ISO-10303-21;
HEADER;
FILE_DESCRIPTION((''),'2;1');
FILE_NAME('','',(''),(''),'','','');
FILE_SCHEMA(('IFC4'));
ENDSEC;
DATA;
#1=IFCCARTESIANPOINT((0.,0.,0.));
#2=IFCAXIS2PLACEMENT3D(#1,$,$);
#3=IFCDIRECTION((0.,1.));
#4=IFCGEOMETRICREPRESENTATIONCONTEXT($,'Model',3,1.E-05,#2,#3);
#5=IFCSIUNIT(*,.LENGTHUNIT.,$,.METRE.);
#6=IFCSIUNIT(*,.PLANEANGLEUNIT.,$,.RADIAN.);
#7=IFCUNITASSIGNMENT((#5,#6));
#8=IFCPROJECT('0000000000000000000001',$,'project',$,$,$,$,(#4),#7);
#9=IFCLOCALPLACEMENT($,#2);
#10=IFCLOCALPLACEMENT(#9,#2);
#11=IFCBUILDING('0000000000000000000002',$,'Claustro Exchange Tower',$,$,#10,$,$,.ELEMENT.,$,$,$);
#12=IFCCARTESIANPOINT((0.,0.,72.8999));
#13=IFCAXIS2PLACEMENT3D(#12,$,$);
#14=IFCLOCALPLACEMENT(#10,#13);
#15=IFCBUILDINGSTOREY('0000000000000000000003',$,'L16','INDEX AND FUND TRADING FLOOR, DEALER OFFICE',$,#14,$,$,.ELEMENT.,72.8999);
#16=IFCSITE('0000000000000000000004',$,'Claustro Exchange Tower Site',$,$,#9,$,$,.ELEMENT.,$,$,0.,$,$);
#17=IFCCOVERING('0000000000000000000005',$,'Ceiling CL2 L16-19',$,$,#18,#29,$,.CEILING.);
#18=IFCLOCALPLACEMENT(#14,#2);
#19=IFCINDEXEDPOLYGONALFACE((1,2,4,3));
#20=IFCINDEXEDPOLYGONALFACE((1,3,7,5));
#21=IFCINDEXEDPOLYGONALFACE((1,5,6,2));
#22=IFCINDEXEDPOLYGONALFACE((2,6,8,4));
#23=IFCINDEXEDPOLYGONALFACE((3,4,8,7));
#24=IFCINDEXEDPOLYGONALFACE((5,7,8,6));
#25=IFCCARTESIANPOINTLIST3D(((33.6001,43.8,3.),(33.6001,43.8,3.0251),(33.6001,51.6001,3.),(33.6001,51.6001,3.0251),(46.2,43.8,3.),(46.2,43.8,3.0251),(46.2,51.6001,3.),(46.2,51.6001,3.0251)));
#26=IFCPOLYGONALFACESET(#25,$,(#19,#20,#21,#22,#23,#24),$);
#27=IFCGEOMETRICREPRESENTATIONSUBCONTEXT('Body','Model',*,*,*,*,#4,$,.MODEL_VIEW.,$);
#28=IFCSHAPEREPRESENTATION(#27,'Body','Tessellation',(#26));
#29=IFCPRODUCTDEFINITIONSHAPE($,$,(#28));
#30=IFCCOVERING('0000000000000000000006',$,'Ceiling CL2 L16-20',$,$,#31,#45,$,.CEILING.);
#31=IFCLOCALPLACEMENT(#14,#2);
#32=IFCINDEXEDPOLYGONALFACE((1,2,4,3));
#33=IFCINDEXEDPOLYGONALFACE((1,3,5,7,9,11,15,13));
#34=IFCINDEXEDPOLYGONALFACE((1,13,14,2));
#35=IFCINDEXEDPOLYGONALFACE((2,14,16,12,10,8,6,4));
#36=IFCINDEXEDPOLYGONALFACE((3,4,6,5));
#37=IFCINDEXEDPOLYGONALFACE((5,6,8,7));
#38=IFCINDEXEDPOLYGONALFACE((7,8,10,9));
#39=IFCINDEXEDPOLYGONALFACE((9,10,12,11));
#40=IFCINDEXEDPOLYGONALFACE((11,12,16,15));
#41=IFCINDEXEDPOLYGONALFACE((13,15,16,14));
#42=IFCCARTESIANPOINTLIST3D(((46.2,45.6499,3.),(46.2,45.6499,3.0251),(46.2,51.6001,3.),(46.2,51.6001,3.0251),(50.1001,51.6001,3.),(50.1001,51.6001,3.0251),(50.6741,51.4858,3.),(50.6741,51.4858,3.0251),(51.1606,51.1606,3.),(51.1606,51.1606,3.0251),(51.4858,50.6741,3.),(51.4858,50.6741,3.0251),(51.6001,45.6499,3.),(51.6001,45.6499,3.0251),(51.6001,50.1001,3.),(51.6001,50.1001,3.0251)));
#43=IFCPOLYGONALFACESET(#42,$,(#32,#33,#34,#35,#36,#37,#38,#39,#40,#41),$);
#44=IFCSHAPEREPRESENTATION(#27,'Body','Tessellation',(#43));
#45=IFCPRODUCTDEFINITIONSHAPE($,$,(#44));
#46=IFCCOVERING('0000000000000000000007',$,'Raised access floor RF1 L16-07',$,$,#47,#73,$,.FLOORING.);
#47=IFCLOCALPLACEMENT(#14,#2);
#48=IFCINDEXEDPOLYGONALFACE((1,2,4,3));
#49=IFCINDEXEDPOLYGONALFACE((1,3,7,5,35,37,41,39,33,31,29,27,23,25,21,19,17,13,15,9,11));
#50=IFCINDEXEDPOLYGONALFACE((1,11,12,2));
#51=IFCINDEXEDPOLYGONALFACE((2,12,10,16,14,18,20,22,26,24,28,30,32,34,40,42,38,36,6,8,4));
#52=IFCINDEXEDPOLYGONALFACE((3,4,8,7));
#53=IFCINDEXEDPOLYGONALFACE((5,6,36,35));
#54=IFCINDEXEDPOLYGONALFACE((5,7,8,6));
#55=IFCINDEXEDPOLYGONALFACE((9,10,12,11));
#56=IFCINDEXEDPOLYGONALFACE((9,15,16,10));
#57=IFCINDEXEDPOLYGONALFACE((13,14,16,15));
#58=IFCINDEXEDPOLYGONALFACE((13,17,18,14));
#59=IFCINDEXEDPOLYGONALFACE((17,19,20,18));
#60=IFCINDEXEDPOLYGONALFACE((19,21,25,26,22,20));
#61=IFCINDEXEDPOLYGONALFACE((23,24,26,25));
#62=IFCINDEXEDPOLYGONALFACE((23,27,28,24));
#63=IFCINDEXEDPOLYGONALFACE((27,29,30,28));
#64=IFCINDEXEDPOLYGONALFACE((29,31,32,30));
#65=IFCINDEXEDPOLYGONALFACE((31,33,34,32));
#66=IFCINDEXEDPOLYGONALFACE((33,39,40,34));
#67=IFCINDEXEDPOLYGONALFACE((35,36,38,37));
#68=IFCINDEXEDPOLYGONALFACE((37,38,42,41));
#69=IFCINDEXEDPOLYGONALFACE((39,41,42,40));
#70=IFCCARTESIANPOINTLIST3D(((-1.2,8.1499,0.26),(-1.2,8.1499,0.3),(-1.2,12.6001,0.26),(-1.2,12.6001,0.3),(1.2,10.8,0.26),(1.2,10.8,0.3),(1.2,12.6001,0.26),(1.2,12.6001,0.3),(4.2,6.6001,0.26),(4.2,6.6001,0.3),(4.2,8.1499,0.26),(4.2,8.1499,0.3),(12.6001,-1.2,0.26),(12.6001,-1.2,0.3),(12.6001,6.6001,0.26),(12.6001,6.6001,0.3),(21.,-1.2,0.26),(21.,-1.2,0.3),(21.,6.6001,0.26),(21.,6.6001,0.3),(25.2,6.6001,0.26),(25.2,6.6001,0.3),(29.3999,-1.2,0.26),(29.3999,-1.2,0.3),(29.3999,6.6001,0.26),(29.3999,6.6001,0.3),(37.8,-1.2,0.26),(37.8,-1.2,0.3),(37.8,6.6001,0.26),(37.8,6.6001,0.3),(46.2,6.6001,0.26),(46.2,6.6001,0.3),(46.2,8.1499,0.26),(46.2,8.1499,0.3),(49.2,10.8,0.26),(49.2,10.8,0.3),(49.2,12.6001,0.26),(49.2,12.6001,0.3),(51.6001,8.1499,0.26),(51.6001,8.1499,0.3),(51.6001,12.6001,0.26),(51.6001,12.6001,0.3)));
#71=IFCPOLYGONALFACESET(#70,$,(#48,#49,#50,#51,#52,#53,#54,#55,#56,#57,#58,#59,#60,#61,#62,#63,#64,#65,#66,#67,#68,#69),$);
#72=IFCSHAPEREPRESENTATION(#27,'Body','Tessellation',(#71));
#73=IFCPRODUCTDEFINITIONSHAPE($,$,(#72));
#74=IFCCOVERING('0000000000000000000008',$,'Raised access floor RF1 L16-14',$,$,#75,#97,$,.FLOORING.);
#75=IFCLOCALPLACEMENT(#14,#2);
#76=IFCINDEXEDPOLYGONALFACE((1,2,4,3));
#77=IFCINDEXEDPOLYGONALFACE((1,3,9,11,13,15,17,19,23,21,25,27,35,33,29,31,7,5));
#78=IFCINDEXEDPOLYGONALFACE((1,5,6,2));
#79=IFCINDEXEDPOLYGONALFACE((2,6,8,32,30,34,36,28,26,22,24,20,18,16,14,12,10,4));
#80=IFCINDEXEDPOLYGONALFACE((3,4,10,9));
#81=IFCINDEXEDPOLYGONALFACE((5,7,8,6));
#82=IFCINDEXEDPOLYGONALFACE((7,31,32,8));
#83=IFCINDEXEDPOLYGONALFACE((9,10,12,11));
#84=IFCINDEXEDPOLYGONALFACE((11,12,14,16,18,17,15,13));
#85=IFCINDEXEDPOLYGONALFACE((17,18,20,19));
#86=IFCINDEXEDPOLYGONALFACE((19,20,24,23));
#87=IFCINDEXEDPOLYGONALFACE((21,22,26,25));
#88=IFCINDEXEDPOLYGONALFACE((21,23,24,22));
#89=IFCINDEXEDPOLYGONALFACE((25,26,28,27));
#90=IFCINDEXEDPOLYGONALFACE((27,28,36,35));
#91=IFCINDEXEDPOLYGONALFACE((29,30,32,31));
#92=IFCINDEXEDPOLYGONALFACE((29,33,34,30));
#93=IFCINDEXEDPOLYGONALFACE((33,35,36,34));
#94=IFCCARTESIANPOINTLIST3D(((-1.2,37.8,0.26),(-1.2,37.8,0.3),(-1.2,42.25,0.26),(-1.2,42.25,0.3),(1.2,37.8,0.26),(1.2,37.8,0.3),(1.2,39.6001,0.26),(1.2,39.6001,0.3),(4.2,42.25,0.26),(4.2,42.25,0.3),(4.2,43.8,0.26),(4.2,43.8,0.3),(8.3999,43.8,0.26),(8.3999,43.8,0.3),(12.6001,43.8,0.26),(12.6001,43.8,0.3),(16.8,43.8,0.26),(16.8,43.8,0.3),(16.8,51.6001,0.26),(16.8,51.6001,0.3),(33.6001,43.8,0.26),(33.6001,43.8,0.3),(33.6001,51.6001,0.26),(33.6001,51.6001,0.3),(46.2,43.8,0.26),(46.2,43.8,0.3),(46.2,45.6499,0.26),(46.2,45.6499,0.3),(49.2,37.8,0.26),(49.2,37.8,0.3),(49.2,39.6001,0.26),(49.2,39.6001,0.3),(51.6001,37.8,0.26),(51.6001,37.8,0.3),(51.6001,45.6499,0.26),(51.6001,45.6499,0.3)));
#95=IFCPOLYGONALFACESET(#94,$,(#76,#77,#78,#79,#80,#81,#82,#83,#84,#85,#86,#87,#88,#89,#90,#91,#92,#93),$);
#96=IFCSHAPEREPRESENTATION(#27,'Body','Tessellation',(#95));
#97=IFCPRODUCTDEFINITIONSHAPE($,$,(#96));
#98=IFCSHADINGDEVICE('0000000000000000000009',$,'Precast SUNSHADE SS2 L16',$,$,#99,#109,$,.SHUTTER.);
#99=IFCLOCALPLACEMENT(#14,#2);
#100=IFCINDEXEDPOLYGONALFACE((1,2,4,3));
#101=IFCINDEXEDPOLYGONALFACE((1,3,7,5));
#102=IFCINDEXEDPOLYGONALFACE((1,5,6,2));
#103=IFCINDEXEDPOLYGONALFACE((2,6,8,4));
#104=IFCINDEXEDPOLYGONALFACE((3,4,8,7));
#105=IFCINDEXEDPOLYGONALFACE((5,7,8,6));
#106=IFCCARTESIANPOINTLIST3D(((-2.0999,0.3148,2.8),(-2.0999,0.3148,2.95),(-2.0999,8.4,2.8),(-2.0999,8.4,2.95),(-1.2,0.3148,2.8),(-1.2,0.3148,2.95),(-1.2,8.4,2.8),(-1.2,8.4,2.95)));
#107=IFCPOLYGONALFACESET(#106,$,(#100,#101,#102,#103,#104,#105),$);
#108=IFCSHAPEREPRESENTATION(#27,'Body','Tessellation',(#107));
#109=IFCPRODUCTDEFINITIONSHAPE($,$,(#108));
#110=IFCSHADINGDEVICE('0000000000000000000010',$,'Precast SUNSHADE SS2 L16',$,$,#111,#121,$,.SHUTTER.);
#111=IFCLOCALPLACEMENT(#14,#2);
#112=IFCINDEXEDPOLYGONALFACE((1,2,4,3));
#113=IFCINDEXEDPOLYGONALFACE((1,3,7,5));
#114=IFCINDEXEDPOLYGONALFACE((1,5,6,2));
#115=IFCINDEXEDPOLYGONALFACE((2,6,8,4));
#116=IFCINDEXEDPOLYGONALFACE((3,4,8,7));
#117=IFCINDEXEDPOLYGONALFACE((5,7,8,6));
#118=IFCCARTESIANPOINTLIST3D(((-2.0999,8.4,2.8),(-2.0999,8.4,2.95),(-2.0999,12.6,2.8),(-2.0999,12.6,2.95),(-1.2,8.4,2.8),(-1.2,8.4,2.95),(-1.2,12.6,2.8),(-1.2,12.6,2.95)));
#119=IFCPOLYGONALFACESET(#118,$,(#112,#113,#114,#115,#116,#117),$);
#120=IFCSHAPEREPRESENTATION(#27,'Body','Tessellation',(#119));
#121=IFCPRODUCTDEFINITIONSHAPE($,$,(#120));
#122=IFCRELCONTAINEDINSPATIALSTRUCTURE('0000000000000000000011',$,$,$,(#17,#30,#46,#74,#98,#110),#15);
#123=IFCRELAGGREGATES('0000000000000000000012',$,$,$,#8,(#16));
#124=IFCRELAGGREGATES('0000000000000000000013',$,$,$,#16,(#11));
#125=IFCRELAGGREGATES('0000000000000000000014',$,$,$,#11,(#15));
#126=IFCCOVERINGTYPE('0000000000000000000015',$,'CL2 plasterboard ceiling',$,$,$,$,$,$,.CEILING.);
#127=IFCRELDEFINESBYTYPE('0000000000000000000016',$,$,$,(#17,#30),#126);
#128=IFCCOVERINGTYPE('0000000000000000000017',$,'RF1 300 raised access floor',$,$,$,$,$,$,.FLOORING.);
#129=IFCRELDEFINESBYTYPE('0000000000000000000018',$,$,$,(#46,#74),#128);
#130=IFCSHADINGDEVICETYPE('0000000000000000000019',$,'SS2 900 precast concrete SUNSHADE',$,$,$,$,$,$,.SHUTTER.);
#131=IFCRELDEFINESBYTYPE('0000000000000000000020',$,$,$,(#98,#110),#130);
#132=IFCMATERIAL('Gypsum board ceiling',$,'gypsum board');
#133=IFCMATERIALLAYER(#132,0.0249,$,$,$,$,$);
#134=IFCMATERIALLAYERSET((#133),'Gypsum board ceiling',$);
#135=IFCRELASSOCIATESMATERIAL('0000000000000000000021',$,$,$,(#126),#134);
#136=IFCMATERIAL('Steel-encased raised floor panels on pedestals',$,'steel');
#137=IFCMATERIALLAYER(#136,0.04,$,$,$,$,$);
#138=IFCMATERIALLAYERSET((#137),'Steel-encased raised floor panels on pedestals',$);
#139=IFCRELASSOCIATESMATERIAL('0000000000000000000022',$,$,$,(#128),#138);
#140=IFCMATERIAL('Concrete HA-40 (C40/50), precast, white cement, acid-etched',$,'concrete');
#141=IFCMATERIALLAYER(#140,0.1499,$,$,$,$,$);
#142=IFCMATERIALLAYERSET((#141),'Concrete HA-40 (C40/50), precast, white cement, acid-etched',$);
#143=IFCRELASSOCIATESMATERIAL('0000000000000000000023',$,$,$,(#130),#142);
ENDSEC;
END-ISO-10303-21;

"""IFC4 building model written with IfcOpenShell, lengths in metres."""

from ifc_helpers import new_model, si_unit, direction, frame, origin, origin_2d, place, context, subcontext, project, spatial, polyline, rectangle, outline, extrude, material, layer, layer_set, type_object, element, save


model = new_model("IFC4")

# Units and contexts
model_context = context("Model", 3, precision=1e-05, world=origin(), true_north=direction((0.0, 1.0)))
body_context = subcontext(model_context, "Body", "Model", "MODEL_VIEW")
ifc_project = project(units=[si_unit("LENGTHUNIT", "METRE"), si_unit("PLANEANGLEUNIT", "RADIAN")], contexts=[model_context])

# Site, building, storey
site_placement = place(None, origin())
site = spatial("IfcSite", under=ifc_project, at=site_placement, Name="Claustro Exchange Tower Site", CompositionType="ELEMENT", RefElevation=0.0)
building_placement = place(site_placement, origin())
building = spatial("IfcBuilding", under=site, at=building_placement, Name="Claustro Exchange Tower", CompositionType="ELEMENT")
storey_placement = place(building_placement, frame((0.0, 0.0, 72.8999)))
storey = spatial("IfcBuildingStorey", under=building, at=storey_placement, Name="L16", Description="INDEX AND FUND TRADING FLOOR, DEALER OFFICE", CompositionType="ELEMENT", Elevation=72.8999)

# Coverings
ifc_material_1 = material(Name="Gypsum board ceiling", Category="gypsum board")
ifc_layer_1 = layer(ifc_material_1, 0.0249)
ifc_layer_set_1 = layer_set([ifc_layer_1], Name="Gypsum board ceiling")
covering_type_1 = type_object("IfcCoveringType", Name="CL2 plasterboard ceiling", PredefinedType="CEILING", material=ifc_layer_set_1)
covering_1_placement = place(storey_placement, frame((0.0, 0.0, 3.0)))
element("IfcCovering", 1, at=covering_1_placement, inside=storey, type_object=covering_type_1, Name="Ceiling CL2 L16-19", PredefinedType="CEILING", context=body_context, shape_type="SweptSolid", body=[
    extrude(outline(polyline([(46.2, 51.6001), (33.6001, 51.6001), (33.6001, 43.8), (46.2, 43.8), (46.2, 51.6001)])), origin(), (0.0, 0.0, 1.0), 0.0251),
])
covering_2_placement = place(storey_placement, frame((0.0, 0.0, 3.0)))
element("IfcCovering", 2, at=covering_2_placement, inside=storey, type_object=covering_type_1, Name="Ceiling CL2 L16-20", PredefinedType="CEILING", context=body_context, shape_type="SweptSolid", body=[
    extrude(outline(polyline([(50.1001, 51.6001), (46.2, 51.6001), (46.2, 45.6499), (51.6001, 45.6499), (51.6001, 50.1001), (51.4858, 50.6741), (51.1606, 51.1606), (50.6741, 51.4858), (50.1001, 51.6001)])), origin(), (0.0, 0.0, 1.0), 0.0251),
])
ifc_material_2 = material(Name="Steel-encased raised floor panels on pedestals", Category="steel")
ifc_layer_2 = layer(ifc_material_2, 0.04)
ifc_layer_set_2 = layer_set([ifc_layer_2], Name="Steel-encased raised floor panels on pedestals")
covering_type_2 = type_object("IfcCoveringType", Name="RF1 300 raised access floor", PredefinedType="FLOORING", material=ifc_layer_set_2)
covering_3_placement = place(storey_placement, frame((0.0, 0.0, 0.26)))
element("IfcCovering", 3, at=covering_3_placement, inside=storey, type_object=covering_type_2, Name="Raised access floor RF1 L16-07", PredefinedType="FLOORING", context=body_context, shape_type="SweptSolid", body=[
    extrude(outline(polyline([(-1.2, 12.6001), (-1.2, 8.1499), (4.2, 8.1499), (4.2, 6.6001), (12.6001, 6.6001), (12.6001, -1.2), (21.0, -1.2), (21.0, 6.6001), (25.2, 6.6001), (29.3999, 6.6001), (29.3999, -1.2), (37.8, -1.2), (37.8, 6.6001), (46.2, 6.6001), (46.2, 8.1499), (51.6001, 8.1499), (51.6001, 12.6001), (49.2, 12.6001), (49.2, 10.8), (1.2, 10.8), (1.2, 12.6001), (-1.2, 12.6001)])), origin(), (0.0, 0.0, 1.0), 0.04),
])
covering_4_placement = place(storey_placement, frame((0.0, 0.0, 0.26)))
element("IfcCovering", 4, at=covering_4_placement, inside=storey, type_object=covering_type_2, Name="Raised access floor RF1 L16-14", PredefinedType="FLOORING", context=body_context, shape_type="SweptSolid", body=[
    extrude(outline(polyline([(-1.2, 42.25), (-1.2, 37.8), (1.2, 37.8), (1.2, 39.6001), (49.2, 39.6001), (49.2, 37.8), (51.6001, 37.8), (51.6001, 45.6499), (46.2, 45.6499), (46.2, 43.8), (33.6001, 43.8), (33.6001, 51.6001), (16.8, 51.6001), (16.8, 43.8), (12.6001, 43.8), (8.3999, 43.8), (4.2, 43.8), (4.2, 42.25), (-1.2, 42.25)])), origin(), (0.0, 0.0, 1.0), 0.04),
])

# Shading devices
ifc_material_3 = material(Name="Concrete HA-40 (C40/50), precast, white cement, acid-etched", Category="concrete")
ifc_layer_3 = layer(ifc_material_3, 0.1499)
ifc_layer_set_3 = layer_set([ifc_layer_3], Name="Concrete HA-40 (C40/50), precast, white cement, acid-etched")
shading_device_type = type_object("IfcShadingDeviceType", Name="SS2 900 precast concrete SUNSHADE", PredefinedType="SHUTTER", material=ifc_layer_set_3)
shading_device_1_placement = place(storey_placement, frame((-1.6499, 4.3574, 2.8), z_axis=(0.0, 0.0, 1.0), x_axis=(0.0, 1.0, 0.0)))
element("IfcShadingDevice", 5, at=shading_device_1_placement, inside=storey, type_object=shading_device_type, Name="Precast SUNSHADE SS2 L16", PredefinedType="SHUTTER", context=body_context, shape_type="SweptSolid", body=[
    extrude(rectangle(XDim=8.0852, YDim=0.8999, at=origin_2d()), origin(), (0.0, 0.0, 1.0), 0.1499),
])
shading_device_2_placement = place(storey_placement, frame((-1.6499, 10.5, 2.8), z_axis=(0.0, 0.0, 1.0), x_axis=(0.0, 1.0, 0.0)))
element("IfcShadingDevice", 6, at=shading_device_2_placement, inside=storey, type_object=shading_device_type, Name="Precast SUNSHADE SS2 L16", PredefinedType="SHUTTER", context=body_context, shape_type="SweptSolid", body=[
    extrude(rectangle(XDim=4.2, YDim=0.8999, at=origin_2d()), origin(), (0.0, 0.0, 1.0), 0.1499),
])

save(model, "model.ifc")
